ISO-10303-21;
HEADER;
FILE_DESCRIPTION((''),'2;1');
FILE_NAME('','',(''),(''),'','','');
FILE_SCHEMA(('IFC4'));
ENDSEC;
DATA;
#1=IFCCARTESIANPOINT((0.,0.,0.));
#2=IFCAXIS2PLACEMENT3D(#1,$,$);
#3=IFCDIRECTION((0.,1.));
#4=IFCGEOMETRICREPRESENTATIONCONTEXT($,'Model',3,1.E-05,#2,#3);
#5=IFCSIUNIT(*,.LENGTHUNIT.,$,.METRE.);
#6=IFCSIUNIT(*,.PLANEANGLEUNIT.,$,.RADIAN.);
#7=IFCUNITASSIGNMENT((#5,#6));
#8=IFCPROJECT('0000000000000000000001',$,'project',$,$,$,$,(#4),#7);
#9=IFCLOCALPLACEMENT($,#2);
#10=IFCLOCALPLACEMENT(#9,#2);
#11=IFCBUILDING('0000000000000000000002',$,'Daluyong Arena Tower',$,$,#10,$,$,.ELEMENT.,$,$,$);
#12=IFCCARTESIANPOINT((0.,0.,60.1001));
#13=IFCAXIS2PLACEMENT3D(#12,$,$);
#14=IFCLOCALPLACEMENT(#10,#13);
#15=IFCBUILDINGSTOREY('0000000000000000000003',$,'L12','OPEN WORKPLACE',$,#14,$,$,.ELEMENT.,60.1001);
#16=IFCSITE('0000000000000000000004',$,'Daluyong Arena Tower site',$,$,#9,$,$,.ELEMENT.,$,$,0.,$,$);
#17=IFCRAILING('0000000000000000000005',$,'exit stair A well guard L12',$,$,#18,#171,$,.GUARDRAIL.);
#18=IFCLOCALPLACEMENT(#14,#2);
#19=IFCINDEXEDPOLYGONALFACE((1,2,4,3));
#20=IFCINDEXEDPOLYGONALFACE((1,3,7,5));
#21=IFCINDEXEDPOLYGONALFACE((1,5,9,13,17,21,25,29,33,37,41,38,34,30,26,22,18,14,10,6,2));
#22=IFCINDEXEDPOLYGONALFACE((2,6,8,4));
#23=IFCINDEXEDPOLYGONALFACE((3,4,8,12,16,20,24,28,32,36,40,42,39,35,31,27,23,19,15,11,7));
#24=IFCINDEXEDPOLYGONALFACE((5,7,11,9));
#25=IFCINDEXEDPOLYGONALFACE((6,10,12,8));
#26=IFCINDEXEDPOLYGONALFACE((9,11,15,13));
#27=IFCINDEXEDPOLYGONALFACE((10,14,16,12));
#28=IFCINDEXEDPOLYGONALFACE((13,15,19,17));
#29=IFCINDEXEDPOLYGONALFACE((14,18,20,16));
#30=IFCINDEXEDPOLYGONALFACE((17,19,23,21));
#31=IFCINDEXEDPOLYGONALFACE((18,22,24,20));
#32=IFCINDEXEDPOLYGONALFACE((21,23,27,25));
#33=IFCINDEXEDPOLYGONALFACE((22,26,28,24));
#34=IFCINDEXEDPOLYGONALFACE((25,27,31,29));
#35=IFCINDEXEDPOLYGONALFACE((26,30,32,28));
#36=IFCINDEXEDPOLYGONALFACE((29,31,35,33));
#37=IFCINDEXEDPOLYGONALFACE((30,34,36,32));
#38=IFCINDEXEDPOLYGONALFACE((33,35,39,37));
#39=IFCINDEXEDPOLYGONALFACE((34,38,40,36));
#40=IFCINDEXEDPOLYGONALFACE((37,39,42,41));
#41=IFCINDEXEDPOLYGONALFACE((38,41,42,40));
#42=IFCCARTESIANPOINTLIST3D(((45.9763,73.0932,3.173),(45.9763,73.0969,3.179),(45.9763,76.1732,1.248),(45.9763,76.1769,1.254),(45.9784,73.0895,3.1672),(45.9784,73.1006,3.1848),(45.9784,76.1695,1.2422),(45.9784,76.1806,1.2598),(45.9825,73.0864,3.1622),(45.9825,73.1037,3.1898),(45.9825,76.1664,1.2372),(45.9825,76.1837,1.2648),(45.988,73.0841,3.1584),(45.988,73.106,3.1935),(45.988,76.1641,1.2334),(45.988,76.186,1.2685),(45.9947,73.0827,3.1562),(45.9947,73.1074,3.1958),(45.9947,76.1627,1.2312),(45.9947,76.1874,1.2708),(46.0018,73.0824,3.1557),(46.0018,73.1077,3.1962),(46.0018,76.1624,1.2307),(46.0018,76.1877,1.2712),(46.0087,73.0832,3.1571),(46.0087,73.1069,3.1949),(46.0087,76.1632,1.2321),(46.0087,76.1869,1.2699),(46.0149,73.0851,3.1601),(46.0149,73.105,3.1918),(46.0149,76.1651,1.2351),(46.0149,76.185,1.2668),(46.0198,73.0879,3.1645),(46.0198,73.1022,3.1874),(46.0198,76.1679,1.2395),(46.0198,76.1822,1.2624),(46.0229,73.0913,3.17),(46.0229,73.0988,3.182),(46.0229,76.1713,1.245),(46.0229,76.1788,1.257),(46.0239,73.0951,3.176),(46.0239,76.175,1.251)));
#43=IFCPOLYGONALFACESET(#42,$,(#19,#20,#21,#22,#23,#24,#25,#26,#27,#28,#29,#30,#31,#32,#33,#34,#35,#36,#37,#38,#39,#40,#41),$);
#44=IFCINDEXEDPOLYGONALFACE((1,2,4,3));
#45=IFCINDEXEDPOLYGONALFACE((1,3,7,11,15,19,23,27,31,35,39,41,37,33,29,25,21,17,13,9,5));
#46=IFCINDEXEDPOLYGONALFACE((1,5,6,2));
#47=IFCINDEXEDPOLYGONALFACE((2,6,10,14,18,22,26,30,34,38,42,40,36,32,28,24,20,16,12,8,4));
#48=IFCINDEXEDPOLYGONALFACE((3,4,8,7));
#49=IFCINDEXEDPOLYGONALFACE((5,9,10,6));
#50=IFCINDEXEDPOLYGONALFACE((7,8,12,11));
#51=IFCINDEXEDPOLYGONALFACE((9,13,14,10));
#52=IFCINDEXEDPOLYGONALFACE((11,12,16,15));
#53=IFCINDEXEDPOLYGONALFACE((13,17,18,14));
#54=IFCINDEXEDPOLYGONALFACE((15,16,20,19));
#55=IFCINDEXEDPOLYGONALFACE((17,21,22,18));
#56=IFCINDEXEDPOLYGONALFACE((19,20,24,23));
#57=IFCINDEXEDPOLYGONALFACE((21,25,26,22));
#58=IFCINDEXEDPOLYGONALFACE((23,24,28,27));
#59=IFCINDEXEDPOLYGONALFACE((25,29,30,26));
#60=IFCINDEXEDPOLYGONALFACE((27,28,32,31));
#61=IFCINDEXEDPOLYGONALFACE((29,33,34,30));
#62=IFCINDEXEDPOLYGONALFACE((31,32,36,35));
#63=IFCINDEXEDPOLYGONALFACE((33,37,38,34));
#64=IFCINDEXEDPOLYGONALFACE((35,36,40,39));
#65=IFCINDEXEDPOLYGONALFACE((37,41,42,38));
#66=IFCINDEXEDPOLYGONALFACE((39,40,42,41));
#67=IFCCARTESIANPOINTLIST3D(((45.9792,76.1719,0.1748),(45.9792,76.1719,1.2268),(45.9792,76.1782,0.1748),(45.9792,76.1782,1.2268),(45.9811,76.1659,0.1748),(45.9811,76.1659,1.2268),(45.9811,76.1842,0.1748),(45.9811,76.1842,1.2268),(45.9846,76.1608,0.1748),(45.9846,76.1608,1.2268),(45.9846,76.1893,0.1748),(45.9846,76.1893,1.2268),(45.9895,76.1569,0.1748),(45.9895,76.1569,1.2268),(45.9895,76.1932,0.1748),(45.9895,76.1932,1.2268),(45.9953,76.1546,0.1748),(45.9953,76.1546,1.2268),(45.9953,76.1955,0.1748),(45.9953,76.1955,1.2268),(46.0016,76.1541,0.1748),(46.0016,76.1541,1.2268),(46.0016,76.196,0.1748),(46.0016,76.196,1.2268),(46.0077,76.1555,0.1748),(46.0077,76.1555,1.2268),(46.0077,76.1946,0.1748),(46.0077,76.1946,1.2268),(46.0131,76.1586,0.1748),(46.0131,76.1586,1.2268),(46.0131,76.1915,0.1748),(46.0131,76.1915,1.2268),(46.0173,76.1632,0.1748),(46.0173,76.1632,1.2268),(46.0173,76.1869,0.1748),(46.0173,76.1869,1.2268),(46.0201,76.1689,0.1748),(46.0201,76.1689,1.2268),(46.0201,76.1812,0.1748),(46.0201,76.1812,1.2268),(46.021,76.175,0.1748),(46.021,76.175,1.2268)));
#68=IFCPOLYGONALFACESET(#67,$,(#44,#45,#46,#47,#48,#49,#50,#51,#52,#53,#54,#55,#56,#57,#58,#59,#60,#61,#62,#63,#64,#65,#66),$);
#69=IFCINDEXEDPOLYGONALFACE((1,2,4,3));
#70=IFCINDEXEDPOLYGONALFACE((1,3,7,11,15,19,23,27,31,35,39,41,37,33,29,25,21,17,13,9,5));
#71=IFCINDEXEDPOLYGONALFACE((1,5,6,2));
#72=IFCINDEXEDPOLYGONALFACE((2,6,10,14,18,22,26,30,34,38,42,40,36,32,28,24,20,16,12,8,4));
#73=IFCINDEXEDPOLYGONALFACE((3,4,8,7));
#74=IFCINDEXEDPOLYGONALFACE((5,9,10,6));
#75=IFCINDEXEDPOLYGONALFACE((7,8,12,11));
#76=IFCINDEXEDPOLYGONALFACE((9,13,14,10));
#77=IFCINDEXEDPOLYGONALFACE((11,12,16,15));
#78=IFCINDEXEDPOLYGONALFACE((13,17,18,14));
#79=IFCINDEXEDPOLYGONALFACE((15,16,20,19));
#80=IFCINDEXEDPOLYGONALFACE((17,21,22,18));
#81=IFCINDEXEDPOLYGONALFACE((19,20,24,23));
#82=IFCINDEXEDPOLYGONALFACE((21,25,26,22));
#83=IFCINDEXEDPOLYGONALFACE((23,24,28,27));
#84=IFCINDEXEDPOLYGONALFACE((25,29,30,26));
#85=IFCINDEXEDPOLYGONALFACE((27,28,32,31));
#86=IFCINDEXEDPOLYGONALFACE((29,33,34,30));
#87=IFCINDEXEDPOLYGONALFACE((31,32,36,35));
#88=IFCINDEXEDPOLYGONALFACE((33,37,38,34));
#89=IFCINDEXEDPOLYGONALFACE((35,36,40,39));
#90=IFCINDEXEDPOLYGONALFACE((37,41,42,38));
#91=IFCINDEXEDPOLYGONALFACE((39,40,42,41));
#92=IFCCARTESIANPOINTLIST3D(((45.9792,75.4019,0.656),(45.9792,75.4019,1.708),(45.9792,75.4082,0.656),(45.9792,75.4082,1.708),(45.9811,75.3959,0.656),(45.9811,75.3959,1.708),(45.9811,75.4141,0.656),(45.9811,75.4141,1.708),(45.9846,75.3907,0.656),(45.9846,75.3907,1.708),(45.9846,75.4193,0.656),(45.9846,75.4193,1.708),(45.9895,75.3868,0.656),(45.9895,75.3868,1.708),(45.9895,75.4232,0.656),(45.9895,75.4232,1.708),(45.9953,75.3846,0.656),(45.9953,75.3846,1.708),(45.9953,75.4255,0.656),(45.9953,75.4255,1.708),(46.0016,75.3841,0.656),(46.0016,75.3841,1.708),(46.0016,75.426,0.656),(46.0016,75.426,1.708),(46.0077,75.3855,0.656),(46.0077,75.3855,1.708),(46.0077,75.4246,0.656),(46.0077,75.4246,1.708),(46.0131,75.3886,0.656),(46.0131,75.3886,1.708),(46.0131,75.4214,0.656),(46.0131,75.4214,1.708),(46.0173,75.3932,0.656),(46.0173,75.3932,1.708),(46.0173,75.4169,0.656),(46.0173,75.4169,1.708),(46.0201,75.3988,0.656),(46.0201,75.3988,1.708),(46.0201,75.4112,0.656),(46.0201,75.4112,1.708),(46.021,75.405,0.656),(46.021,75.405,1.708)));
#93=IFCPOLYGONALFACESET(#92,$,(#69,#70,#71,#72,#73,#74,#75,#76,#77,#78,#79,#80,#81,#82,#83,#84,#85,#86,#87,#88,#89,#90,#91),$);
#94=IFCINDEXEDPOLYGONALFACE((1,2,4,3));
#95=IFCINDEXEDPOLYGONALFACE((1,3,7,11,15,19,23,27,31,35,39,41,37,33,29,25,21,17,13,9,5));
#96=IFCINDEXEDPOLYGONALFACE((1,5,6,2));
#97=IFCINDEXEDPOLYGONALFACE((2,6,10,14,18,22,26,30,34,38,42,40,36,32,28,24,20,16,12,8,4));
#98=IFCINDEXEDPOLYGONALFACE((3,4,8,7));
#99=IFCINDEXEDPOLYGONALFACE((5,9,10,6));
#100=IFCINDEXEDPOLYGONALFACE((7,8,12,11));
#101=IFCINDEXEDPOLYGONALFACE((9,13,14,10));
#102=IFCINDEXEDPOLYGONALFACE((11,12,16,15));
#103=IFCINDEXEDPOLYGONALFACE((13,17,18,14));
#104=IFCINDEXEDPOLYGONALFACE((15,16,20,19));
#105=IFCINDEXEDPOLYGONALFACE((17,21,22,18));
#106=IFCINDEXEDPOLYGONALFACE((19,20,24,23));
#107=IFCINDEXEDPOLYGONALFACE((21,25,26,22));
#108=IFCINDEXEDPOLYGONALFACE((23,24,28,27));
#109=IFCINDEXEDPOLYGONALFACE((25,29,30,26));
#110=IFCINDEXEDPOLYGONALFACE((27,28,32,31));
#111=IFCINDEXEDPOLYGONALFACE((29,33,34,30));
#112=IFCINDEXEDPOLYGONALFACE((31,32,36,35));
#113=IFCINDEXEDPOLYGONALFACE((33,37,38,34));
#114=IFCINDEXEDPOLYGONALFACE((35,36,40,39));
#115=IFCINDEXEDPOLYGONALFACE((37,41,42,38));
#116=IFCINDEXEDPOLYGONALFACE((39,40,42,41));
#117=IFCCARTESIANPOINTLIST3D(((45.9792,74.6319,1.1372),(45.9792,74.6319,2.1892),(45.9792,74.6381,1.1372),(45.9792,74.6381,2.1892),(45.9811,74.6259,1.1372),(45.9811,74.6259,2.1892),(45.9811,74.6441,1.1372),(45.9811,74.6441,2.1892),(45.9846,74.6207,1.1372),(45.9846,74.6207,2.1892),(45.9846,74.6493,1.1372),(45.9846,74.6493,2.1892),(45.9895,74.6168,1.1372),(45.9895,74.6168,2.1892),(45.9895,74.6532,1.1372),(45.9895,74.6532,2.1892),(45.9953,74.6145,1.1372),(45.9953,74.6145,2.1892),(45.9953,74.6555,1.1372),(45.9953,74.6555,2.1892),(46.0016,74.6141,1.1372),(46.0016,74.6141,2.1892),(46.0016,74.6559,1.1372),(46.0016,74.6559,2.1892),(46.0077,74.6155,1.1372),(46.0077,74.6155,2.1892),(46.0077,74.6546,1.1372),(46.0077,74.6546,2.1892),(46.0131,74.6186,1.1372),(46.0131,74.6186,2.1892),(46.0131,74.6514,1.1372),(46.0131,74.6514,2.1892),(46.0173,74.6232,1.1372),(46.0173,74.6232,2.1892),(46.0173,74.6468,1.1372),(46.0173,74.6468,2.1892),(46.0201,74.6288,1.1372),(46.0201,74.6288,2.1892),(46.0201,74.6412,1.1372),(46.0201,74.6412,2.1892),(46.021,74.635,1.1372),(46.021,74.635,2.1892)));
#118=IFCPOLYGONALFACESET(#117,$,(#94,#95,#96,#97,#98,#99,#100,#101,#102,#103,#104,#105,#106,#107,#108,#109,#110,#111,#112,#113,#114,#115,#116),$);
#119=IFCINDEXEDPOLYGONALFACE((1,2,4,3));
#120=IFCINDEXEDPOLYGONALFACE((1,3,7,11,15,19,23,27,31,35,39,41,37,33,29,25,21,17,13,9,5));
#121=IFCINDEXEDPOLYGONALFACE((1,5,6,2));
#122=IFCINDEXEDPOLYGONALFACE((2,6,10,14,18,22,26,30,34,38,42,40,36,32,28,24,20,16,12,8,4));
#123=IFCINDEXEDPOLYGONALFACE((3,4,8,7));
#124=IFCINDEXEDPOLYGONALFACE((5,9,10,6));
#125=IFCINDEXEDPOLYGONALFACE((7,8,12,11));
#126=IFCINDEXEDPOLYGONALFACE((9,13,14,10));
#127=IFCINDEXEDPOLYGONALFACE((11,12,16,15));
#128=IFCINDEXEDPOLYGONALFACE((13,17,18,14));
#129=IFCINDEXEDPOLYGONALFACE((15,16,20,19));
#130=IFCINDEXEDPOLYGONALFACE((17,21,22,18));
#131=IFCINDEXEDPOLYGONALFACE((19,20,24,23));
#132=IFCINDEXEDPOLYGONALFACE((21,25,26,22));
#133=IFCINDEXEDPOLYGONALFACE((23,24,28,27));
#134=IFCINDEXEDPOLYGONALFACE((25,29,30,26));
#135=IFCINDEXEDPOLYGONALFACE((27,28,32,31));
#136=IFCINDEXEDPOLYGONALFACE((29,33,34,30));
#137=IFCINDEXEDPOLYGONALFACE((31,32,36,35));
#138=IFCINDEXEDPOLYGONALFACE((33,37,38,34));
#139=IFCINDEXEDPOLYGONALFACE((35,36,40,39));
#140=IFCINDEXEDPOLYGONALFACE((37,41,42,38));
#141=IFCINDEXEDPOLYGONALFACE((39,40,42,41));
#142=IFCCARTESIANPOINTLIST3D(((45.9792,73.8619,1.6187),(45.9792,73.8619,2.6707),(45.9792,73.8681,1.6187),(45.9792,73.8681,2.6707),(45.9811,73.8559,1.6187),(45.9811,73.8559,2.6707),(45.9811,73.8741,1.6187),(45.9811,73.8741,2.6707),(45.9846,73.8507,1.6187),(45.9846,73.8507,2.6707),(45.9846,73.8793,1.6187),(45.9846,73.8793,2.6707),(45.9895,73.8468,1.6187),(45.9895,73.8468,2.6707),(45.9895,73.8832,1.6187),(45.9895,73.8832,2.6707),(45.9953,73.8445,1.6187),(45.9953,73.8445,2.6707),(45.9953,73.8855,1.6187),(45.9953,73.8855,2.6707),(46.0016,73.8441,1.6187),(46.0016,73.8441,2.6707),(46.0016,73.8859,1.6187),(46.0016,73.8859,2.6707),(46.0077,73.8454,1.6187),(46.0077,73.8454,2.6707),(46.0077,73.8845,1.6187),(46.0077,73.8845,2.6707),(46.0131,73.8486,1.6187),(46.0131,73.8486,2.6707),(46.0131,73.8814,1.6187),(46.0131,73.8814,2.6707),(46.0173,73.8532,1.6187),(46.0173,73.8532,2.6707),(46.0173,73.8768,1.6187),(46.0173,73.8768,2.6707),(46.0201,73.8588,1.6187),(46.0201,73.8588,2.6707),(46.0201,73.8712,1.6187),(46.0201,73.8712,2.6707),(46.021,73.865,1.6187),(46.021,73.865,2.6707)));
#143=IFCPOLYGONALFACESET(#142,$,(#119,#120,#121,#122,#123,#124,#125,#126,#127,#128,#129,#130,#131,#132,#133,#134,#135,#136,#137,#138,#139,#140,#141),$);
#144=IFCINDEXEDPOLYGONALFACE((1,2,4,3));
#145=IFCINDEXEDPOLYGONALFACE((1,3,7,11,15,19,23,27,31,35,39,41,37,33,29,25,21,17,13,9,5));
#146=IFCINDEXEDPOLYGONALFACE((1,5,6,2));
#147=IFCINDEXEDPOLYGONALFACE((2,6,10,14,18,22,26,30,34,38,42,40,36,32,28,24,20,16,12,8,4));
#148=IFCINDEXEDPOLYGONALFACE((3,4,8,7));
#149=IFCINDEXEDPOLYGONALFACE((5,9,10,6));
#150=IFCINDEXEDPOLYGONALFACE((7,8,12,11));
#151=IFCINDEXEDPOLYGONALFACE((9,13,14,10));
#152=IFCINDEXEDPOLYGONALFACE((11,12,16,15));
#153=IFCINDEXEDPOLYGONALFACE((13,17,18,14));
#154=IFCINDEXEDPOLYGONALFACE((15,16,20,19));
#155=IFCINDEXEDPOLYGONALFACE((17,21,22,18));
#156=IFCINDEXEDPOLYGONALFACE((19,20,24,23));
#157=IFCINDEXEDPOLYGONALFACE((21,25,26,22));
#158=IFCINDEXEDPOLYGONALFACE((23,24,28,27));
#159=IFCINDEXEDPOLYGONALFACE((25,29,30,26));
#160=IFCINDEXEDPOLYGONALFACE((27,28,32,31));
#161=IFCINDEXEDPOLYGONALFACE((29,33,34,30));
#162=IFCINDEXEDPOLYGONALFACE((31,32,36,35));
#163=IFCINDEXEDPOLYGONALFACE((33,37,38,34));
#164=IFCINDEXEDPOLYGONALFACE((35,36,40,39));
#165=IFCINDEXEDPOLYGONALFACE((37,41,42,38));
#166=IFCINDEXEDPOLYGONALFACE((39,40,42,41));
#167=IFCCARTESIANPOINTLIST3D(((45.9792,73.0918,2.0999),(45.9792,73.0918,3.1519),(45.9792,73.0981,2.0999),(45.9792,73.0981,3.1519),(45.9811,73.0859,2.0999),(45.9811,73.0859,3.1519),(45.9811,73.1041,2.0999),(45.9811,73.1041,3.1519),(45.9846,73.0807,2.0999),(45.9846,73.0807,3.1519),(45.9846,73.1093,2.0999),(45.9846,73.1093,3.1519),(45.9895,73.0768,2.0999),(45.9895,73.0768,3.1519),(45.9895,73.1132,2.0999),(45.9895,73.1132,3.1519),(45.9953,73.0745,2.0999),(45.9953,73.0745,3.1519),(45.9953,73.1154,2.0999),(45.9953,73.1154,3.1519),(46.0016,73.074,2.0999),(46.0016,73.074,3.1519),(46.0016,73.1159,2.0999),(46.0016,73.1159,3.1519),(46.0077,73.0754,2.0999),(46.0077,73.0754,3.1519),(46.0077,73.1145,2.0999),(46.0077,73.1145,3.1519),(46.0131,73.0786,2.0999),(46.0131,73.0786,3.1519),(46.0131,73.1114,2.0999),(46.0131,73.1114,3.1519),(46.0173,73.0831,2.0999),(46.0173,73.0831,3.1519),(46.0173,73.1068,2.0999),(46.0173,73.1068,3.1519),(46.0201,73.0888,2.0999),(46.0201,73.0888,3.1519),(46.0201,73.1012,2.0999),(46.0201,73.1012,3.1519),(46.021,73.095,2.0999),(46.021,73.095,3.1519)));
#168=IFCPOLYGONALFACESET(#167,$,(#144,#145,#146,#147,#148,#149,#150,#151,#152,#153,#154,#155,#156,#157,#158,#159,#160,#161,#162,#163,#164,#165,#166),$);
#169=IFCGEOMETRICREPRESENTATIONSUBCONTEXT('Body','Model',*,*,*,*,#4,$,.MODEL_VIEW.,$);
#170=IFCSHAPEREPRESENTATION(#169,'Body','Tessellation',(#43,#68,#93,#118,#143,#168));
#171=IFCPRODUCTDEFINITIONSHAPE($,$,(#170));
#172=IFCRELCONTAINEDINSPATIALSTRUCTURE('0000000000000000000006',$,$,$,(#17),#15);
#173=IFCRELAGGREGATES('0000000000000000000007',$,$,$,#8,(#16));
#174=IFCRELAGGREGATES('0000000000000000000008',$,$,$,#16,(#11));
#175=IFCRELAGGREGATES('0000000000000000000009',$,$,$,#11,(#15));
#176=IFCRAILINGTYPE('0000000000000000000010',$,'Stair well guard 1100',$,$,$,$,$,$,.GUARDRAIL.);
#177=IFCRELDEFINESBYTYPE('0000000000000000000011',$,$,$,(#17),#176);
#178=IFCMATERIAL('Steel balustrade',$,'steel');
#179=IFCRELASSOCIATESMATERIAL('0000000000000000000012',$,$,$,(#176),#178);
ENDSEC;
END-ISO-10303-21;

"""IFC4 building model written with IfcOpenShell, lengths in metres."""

from ifc_helpers import new_model, si_unit, direction, frame, origin, origin_2d, place, context, subcontext, project, spatial, circle, extrude, material, type_object, element, save


model = new_model("IFC4")

# Units and contexts
model_context = context("Model", 3, precision=1e-05, world=origin(), true_north=direction((0.0, 1.0)))
body_context = subcontext(model_context, "Body", "Model", "MODEL_VIEW")
ifc_project = project(units=[si_unit("LENGTHUNIT", "METRE"), si_unit("PLANEANGLEUNIT", "RADIAN")], contexts=[model_context])

# Site, building, storey
site_placement = place(None, origin())
site = spatial("IfcSite", under=ifc_project, at=site_placement, Name="Daluyong Arena Tower site", CompositionType="ELEMENT", RefElevation=0.0)
building_placement = place(site_placement, origin())
building = spatial("IfcBuilding", under=site, at=building_placement, Name="Daluyong Arena Tower", CompositionType="ELEMENT")
storey_placement = place(building_placement, frame((0.0, 0.0, 60.1001)))
storey = spatial("IfcBuildingStorey", under=building, at=storey_placement, Name="L12", Description="OPEN WORKPLACE", CompositionType="ELEMENT", Elevation=60.1001)

# Railing
ifc_material_1 = material(Name="Steel balustrade", Category="steel")
railing_type_1 = type_object("IfcRailingType", Name="Stair well guard 1100", PredefinedType="GUARDRAIL", material=ifc_material_1)
railing_1_placement = place(storey_placement, frame((46.0, 76.175, 0.1748)))
element("IfcRailing", 1, at=railing_1_placement, inside=storey, type_object=railing_type_1, Name="exit stair A well guard L12", PredefinedType="GUARDRAIL", context=body_context, shape_type="SweptSolid", body=[
    extrude(circle(Radius=0.0239, at=origin_2d()), frame((0.0, 0.0, 1.0762), z_axis=(0.0, -0.847998, 0.529999), x_axis=(1.0, 0.0, 0.0)), (0.0, 0.0, 1.0), 3.6321),
    extrude(circle(Radius=0.021, at=origin_2d()), origin(), (0.0, 0.0, 1.0), 1.052),
    extrude(circle(Radius=0.021, at=origin_2d()), frame((0.0, -0.77, 0.4812)), (0.0, 0.0, 1.0), 1.052),
    extrude(circle(Radius=0.021, at=origin_2d()), frame((0.0, -1.54, 0.9624)), (0.0, 0.0, 1.0), 1.052),
    extrude(circle(Radius=0.021, at=origin_2d()), frame((0.0, -2.3101, 1.4438)), (0.0, 0.0, 1.0), 1.052),
    extrude(circle(Radius=0.021, at=origin_2d()), frame((0.0, -3.0801, 1.925)), (0.0, 0.0, 1.0), 1.052),
])

save(model, "model.ifc")
